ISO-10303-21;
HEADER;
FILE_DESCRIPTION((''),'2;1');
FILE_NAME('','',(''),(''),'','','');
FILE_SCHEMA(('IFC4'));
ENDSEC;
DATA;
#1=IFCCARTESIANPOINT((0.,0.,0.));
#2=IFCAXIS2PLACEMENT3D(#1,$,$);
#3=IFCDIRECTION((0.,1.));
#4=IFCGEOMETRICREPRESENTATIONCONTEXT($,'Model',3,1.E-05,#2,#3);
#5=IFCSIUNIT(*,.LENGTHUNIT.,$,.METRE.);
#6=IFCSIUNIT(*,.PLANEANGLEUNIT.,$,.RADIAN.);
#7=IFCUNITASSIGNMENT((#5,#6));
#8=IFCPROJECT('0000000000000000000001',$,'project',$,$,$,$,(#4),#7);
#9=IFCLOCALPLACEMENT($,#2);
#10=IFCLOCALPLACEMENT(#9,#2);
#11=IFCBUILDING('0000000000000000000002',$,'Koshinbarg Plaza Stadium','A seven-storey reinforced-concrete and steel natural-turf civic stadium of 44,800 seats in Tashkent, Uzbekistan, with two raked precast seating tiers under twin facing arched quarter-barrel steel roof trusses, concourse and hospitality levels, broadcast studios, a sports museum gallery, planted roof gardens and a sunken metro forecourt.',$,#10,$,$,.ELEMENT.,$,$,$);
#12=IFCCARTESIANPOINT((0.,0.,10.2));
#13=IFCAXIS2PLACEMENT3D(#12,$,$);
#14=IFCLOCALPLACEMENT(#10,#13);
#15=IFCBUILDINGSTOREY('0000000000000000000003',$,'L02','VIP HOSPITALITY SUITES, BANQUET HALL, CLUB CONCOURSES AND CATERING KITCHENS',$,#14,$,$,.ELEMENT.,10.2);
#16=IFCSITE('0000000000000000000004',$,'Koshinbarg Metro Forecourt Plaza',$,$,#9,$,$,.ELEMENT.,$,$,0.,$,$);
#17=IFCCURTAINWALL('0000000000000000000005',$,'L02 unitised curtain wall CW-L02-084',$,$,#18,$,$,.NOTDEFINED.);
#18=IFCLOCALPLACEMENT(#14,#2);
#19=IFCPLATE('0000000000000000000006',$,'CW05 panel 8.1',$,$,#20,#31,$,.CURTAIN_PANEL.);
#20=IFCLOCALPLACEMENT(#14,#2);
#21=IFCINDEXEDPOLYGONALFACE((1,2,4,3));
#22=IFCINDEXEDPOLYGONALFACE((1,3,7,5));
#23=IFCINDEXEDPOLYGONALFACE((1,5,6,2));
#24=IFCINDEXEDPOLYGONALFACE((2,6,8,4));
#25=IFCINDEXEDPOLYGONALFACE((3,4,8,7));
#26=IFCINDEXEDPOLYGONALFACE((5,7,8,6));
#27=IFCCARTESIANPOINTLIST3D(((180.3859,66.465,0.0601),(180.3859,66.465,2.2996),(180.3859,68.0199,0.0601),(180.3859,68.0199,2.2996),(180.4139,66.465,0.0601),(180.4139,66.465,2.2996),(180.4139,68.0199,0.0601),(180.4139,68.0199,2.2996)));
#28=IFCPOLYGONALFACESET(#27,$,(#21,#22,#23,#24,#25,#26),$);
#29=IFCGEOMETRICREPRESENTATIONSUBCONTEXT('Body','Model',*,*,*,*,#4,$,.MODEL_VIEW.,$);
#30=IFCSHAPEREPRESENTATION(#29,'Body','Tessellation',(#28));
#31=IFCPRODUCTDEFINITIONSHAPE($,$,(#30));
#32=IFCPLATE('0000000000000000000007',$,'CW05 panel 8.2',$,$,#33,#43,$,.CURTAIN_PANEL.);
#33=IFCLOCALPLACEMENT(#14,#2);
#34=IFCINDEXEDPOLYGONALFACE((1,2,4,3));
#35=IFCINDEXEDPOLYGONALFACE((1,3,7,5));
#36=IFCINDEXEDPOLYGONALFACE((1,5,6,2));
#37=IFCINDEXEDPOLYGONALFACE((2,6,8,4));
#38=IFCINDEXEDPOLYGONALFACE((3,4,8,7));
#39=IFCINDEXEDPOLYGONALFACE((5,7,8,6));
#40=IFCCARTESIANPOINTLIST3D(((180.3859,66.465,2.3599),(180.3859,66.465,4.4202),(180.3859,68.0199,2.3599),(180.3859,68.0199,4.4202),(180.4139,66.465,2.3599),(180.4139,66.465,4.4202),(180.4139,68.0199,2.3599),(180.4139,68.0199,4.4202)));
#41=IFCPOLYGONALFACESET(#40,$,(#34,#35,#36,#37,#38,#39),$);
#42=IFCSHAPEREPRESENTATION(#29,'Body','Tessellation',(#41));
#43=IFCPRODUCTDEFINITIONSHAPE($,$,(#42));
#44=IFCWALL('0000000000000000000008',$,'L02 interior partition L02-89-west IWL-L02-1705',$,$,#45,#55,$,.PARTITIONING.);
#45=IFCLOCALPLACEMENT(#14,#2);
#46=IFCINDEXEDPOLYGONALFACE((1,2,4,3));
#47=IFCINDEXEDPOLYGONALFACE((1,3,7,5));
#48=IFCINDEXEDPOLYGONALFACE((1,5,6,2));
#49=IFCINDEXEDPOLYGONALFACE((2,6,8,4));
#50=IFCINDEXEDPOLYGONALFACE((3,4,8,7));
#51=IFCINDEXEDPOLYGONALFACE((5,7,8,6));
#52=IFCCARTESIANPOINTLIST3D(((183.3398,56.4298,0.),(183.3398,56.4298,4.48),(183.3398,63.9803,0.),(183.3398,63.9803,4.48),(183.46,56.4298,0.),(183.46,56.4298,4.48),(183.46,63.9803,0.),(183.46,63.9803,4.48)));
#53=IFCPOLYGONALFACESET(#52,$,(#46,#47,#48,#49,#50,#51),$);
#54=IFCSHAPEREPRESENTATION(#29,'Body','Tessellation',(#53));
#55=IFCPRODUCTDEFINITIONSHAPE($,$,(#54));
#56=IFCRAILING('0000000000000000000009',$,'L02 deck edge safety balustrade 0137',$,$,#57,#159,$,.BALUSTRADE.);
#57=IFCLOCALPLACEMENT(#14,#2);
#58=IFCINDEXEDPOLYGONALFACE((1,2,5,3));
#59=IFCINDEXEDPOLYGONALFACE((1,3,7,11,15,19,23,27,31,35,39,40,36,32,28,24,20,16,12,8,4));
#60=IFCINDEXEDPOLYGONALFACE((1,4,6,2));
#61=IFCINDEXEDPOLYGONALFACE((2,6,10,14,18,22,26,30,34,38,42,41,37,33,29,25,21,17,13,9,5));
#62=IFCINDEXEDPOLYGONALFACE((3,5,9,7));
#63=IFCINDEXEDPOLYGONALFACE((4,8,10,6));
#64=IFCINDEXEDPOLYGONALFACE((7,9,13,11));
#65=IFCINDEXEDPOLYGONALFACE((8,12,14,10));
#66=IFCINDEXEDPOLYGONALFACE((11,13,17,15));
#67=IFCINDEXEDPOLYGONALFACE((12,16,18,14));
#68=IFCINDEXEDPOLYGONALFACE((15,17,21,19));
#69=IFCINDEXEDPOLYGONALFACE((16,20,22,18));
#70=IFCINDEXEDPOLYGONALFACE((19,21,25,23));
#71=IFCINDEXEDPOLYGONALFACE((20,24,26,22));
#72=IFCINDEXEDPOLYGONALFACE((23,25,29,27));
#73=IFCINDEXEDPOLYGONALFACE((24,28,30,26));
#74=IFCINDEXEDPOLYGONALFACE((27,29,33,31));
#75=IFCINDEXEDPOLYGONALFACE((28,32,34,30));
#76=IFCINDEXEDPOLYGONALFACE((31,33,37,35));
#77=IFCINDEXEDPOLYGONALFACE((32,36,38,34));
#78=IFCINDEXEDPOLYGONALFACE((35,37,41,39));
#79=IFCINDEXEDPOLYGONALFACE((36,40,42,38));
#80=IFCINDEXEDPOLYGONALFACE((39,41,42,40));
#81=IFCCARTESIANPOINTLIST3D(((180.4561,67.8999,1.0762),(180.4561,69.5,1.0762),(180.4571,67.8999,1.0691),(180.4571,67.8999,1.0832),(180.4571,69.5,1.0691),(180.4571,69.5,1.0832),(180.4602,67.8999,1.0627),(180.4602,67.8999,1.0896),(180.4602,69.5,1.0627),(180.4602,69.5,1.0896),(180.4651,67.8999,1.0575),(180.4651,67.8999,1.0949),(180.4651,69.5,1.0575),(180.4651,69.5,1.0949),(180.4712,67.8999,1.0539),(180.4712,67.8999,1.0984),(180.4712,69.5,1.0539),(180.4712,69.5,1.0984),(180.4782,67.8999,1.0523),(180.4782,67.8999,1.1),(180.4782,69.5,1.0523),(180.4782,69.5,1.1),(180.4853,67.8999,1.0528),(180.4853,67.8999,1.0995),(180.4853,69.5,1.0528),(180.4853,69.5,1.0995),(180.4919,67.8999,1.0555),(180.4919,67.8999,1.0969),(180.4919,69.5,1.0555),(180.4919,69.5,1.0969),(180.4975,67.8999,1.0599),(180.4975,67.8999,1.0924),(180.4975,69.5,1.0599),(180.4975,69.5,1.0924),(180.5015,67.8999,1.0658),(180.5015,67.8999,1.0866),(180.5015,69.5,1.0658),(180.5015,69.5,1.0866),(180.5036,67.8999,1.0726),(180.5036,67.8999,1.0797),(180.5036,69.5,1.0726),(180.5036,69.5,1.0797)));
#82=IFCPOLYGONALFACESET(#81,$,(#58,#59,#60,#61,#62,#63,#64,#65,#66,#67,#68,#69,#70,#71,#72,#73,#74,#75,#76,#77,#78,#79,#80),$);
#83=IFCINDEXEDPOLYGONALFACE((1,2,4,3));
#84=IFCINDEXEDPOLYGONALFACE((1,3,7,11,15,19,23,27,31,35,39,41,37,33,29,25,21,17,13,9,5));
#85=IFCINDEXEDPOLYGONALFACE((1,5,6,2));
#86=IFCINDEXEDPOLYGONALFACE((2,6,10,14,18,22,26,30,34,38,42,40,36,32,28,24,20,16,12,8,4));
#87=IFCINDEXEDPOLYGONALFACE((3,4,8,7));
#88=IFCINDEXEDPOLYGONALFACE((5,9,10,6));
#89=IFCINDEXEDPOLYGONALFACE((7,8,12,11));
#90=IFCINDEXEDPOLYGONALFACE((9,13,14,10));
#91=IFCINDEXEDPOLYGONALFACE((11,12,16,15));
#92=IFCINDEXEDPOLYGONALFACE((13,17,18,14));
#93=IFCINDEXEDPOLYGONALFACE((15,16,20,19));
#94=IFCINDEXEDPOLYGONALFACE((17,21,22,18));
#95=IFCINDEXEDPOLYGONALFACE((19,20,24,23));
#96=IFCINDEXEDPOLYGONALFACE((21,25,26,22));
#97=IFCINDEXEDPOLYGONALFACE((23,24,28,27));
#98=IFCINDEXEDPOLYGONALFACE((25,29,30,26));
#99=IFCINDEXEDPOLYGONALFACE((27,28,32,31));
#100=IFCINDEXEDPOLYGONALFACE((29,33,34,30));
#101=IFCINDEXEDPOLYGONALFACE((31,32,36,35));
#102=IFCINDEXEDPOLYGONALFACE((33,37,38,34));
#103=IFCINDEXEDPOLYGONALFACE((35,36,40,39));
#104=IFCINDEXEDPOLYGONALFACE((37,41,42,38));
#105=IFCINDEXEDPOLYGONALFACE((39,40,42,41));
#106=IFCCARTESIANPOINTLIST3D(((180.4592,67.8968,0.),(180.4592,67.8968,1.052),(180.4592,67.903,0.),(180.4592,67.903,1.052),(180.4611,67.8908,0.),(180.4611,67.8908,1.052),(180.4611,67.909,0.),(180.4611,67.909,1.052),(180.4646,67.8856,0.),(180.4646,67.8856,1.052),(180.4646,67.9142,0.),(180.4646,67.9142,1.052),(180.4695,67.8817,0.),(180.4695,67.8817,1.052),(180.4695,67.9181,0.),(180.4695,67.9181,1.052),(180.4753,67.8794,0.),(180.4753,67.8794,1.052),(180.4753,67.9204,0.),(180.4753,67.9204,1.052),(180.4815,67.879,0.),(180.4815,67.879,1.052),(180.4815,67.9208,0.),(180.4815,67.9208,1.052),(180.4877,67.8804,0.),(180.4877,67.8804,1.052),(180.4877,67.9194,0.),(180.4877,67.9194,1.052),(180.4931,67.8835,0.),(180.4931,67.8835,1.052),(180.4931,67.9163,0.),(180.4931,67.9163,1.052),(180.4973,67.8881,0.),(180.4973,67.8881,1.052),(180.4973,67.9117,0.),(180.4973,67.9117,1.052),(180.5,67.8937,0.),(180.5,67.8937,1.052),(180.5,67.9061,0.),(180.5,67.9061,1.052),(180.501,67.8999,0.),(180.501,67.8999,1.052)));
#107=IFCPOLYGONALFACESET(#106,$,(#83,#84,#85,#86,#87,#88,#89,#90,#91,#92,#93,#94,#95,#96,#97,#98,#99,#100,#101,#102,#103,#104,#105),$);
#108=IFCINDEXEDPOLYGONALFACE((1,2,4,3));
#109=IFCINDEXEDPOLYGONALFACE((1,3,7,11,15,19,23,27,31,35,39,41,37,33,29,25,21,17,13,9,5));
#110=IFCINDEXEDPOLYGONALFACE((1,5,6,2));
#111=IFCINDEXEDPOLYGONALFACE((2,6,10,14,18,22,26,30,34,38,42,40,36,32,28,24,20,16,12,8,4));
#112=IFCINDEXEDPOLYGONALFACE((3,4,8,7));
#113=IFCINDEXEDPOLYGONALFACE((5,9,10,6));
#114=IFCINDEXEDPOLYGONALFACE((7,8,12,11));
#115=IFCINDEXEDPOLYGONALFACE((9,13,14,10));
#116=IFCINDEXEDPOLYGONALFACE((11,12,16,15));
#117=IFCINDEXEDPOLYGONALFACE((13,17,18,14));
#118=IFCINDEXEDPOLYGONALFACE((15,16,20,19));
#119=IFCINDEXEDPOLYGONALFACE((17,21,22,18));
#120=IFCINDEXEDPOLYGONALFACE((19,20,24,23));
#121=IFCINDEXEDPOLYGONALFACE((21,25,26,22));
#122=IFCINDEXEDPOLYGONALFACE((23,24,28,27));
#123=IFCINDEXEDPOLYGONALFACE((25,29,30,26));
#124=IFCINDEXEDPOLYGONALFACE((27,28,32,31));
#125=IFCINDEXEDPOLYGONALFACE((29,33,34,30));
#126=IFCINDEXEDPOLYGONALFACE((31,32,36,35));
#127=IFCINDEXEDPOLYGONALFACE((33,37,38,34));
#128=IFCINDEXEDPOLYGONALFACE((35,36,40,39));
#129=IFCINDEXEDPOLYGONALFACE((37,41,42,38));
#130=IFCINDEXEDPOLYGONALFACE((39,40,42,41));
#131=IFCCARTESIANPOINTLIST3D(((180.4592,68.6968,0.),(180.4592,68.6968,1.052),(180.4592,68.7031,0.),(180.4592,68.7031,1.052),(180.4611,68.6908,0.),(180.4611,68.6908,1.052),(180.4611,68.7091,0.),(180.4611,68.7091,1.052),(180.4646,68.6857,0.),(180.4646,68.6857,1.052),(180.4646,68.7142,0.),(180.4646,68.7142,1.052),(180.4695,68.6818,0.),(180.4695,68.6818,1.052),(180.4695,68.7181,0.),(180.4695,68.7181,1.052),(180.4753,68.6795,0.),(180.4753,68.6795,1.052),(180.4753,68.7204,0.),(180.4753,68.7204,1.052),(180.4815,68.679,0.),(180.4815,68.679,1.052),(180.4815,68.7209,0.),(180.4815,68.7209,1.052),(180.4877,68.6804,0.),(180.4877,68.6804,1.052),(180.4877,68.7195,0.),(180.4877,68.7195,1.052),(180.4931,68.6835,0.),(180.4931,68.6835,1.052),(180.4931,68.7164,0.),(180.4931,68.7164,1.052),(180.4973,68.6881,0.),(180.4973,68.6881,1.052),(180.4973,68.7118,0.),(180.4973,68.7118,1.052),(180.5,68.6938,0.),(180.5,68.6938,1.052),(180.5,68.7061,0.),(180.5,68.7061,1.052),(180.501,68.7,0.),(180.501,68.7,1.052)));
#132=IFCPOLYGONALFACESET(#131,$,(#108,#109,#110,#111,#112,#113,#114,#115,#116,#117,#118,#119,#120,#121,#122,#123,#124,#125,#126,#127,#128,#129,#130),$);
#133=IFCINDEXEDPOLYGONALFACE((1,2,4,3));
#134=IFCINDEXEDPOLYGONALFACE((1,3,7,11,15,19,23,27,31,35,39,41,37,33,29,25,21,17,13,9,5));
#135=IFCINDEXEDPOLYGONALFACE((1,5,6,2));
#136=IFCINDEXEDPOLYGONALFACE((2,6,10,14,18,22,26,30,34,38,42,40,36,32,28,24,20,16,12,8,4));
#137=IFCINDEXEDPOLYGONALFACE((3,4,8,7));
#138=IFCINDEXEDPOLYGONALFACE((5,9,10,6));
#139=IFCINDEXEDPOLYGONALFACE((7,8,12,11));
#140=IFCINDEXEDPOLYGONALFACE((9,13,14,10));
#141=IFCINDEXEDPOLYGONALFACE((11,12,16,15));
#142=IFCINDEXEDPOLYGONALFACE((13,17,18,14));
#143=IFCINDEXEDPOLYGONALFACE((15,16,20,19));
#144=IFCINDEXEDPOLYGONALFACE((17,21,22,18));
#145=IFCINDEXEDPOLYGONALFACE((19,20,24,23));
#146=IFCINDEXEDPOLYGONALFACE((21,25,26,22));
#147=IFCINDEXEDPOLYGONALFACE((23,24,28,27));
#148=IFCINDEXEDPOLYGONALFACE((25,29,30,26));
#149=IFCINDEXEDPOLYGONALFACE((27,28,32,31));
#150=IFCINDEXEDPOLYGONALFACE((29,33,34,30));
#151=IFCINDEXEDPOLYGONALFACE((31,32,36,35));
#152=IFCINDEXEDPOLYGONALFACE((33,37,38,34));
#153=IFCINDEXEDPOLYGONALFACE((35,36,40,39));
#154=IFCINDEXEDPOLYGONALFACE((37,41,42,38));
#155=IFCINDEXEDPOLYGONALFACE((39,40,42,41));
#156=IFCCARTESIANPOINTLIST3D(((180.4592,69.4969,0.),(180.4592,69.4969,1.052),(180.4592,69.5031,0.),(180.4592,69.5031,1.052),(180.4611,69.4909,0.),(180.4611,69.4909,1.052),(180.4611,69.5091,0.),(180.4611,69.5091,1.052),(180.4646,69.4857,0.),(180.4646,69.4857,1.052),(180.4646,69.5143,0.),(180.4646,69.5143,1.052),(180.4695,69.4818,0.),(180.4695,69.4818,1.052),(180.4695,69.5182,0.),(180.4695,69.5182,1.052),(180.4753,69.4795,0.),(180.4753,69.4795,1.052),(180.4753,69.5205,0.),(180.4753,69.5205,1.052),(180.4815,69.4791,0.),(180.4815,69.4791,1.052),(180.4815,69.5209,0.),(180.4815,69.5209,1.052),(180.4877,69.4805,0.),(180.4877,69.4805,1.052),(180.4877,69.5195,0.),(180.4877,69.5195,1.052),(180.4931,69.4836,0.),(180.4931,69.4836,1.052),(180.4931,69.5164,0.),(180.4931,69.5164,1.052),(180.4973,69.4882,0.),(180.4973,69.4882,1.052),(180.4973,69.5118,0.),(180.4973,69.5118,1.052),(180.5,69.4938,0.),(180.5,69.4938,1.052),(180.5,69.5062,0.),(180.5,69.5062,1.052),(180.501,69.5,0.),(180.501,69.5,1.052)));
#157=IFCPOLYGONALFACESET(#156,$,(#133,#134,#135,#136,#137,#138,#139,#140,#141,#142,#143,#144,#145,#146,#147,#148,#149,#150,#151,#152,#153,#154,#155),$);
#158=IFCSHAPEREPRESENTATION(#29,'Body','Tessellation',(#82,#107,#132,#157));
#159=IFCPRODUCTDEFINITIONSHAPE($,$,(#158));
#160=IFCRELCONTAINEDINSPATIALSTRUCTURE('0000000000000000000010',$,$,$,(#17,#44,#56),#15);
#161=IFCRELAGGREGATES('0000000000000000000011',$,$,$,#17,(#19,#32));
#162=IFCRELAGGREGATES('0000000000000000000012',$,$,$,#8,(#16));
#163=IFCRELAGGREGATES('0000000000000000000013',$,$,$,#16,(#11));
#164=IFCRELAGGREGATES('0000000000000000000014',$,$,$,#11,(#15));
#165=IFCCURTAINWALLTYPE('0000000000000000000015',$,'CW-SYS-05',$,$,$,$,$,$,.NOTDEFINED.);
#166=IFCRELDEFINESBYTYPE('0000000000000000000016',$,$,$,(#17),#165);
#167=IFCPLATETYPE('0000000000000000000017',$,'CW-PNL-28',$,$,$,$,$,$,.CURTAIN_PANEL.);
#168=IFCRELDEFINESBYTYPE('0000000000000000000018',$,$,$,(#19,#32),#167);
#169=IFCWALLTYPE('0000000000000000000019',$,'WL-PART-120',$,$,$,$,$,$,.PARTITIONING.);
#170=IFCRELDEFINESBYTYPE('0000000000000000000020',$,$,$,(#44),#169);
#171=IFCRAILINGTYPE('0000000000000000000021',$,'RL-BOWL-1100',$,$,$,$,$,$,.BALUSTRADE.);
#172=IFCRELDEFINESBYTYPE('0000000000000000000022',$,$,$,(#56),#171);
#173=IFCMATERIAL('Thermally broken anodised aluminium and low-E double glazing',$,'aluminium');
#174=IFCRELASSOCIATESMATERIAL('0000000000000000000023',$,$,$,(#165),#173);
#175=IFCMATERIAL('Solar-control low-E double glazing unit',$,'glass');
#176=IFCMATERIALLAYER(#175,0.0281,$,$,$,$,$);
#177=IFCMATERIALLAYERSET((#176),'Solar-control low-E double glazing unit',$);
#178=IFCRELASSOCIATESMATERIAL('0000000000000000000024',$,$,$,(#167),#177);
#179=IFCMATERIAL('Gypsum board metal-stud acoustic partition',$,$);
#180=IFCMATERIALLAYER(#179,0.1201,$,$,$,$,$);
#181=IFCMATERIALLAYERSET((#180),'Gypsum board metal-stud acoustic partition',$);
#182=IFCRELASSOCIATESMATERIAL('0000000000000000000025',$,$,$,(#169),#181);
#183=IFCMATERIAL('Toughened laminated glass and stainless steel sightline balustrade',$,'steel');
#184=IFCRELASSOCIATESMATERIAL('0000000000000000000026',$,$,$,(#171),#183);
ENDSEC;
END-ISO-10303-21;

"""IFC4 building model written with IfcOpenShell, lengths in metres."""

from ifc_helpers import new_model, si_unit, direction, frame, frame_2d, origin, origin_2d, place, context, subcontext, project, spatial, rectangle, circle, extrude, material, layer, layer_set, type_object, element, aggregate, save


model = new_model("IFC4")

# Units and contexts
model_context = context("Model", 3, precision=1e-05, world=origin(), true_north=direction((0.0, 1.0)))
body_context = subcontext(model_context, "Body", "Model", "MODEL_VIEW")
ifc_project = project(units=[si_unit("LENGTHUNIT", "METRE"), si_unit("PLANEANGLEUNIT", "RADIAN")], contexts=[model_context])

# Site, building, storey
site_placement = place(None, origin())
site = spatial("IfcSite", under=ifc_project, at=site_placement, Name="Koshinbarg Metro Forecourt Plaza", CompositionType="ELEMENT", RefElevation=0.0)
building_placement = place(site_placement, origin())
building = spatial("IfcBuilding", under=site, at=building_placement, Name="Koshinbarg Plaza Stadium", Description="A seven-storey reinforced-concrete and steel natural-turf civic stadium of 44,800 seats in Tashkent, Uzbekistan, with two raked precast seating tiers under twin facing arched quarter-barrel steel roof trusses, concourse and hospitality levels, broadcast studios, a sports museum gallery, planted roof gardens and a sunken metro forecourt.", CompositionType="ELEMENT")
storey_placement = place(building_placement, frame((0.0, 0.0, 10.2)))
storey = spatial("IfcBuildingStorey", under=building, at=storey_placement, Name="L02", Description="VIP HOSPITALITY SUITES, BANQUET HALL, CLUB CONCOURSES AND CATERING KITCHENS", CompositionType="ELEMENT", Elevation=10.2)

# Curtain wall
ifc_material_1 = material(Name="Thermally broken anodised aluminium and low-E double glazing", Category="aluminium")
curtain_wall_type = type_object("IfcCurtainWallType", Name="CW-SYS-05", PredefinedType="NOTDEFINED", material=ifc_material_1)
curtain_wall_placement = place(storey_placement, origin())
curtain_wall = element("IfcCurtainWall", 1, at=curtain_wall_placement, inside=storey, type_object=curtain_wall_type, Name="L02 unitised curtain wall CW-L02-084", PredefinedType="NOTDEFINED")

# Plates
ifc_material_2 = material(Name="Solar-control low-E double glazing unit", Category="glass")
ifc_layer_1 = layer(ifc_material_2, 0.0281)
ifc_layer_set_1 = layer_set([ifc_layer_1], Name="Solar-control low-E double glazing unit")
plate_type = type_object("IfcPlateType", Name="CW-PNL-28", PredefinedType="CURTAIN_PANEL", material=ifc_layer_set_1)
plate_1_placement = place(storey_placement, frame((180.3999, 67.2424, 0.0601), z_axis=(0.0, 0.0, 1.0), x_axis=(0.0, 1.0, 0.0)))
plate_1 = element("IfcPlate", 2, at=plate_1_placement, type_object=plate_type, Name="CW05 panel 8.1", PredefinedType="CURTAIN_PANEL", context=body_context, shape_type="SweptSolid", body=[
    extrude(rectangle(XDim=1.5549, YDim=0.0281, at=origin_2d()), origin(), (0.0, 0.0, 1.0), 2.2395),
])
plate_2_placement = place(storey_placement, frame((180.3999, 67.2424, 2.3599), z_axis=(0.0, 0.0, 1.0), x_axis=(0.0, 1.0, 0.0)))
plate_2 = element("IfcPlate", 3, at=plate_2_placement, type_object=plate_type, Name="CW05 panel 8.2", PredefinedType="CURTAIN_PANEL", context=body_context, shape_type="SweptSolid", body=[
    extrude(rectangle(XDim=1.5549, YDim=0.0281, at=origin_2d()), origin(), (0.0, 0.0, 1.0), 2.0603),
])
aggregate(curtain_wall, [plate_1, plate_2])

# Wall
ifc_material_3 = material(Name="Gypsum board metal-stud acoustic partition")
ifc_layer_2 = layer(ifc_material_3, 0.1201)
ifc_layer_set_2 = layer_set([ifc_layer_2], Name="Gypsum board metal-stud acoustic partition")
wall_type = type_object("IfcWallType", Name="WL-PART-120", PredefinedType="PARTITIONING", material=ifc_layer_set_2)
wall_placement = place(storey_placement, frame((183.3999, 63.9805, 0.0), z_axis=(0.0, 0.0, 1.0), x_axis=(0.0, -1.0, 0.0)))
element("IfcWall", 4, at=wall_placement, inside=storey, type_object=wall_type, Name="L02 interior partition L02-89-west IWL-L02-1705", PredefinedType="PARTITIONING", context=body_context, shape_type="SweptSolid", body=[
    extrude(rectangle(XDim=7.5505, YDim=0.1201, at=frame_2d((3.7754, 0.0))), origin(), (0.0, 0.0, 1.0), 4.48),
])

# Railing
ifc_material_4 = material(Name="Toughened laminated glass and stainless steel sightline balustrade", Category="steel")
railing_type = type_object("IfcRailingType", Name="RL-BOWL-1100", PredefinedType="BALUSTRADE", material=ifc_material_4)
railing_placement = place(storey_placement, frame((180.48, 67.8999, 0.0)))
element("IfcRailing", 5, at=railing_placement, inside=storey, type_object=railing_type, Name="L02 deck edge safety balustrade 0137", PredefinedType="BALUSTRADE", context=body_context, shape_type="SweptSolid", body=[
    extrude(circle(Radius=0.0239, at=origin_2d()), frame((0.0, 0.0, 1.0762), z_axis=(0.0, 1.0, 0.0), x_axis=(-1.0, 0.0, 0.0)), (0.0, 0.0, 1.0), 1.6001),
    extrude(circle(Radius=0.021, at=origin_2d()), origin(), (0.0, 0.0, 1.0), 1.052),
    extrude(circle(Radius=0.021, at=origin_2d()), frame((0.0, 0.8, 0.0)), (0.0, 0.0, 1.0), 1.052),
    extrude(circle(Radius=0.021, at=origin_2d()), frame((0.0, 1.6001, 0.0)), (0.0, 0.0, 1.0), 1.052),
])

save(model, "model.ifc")
